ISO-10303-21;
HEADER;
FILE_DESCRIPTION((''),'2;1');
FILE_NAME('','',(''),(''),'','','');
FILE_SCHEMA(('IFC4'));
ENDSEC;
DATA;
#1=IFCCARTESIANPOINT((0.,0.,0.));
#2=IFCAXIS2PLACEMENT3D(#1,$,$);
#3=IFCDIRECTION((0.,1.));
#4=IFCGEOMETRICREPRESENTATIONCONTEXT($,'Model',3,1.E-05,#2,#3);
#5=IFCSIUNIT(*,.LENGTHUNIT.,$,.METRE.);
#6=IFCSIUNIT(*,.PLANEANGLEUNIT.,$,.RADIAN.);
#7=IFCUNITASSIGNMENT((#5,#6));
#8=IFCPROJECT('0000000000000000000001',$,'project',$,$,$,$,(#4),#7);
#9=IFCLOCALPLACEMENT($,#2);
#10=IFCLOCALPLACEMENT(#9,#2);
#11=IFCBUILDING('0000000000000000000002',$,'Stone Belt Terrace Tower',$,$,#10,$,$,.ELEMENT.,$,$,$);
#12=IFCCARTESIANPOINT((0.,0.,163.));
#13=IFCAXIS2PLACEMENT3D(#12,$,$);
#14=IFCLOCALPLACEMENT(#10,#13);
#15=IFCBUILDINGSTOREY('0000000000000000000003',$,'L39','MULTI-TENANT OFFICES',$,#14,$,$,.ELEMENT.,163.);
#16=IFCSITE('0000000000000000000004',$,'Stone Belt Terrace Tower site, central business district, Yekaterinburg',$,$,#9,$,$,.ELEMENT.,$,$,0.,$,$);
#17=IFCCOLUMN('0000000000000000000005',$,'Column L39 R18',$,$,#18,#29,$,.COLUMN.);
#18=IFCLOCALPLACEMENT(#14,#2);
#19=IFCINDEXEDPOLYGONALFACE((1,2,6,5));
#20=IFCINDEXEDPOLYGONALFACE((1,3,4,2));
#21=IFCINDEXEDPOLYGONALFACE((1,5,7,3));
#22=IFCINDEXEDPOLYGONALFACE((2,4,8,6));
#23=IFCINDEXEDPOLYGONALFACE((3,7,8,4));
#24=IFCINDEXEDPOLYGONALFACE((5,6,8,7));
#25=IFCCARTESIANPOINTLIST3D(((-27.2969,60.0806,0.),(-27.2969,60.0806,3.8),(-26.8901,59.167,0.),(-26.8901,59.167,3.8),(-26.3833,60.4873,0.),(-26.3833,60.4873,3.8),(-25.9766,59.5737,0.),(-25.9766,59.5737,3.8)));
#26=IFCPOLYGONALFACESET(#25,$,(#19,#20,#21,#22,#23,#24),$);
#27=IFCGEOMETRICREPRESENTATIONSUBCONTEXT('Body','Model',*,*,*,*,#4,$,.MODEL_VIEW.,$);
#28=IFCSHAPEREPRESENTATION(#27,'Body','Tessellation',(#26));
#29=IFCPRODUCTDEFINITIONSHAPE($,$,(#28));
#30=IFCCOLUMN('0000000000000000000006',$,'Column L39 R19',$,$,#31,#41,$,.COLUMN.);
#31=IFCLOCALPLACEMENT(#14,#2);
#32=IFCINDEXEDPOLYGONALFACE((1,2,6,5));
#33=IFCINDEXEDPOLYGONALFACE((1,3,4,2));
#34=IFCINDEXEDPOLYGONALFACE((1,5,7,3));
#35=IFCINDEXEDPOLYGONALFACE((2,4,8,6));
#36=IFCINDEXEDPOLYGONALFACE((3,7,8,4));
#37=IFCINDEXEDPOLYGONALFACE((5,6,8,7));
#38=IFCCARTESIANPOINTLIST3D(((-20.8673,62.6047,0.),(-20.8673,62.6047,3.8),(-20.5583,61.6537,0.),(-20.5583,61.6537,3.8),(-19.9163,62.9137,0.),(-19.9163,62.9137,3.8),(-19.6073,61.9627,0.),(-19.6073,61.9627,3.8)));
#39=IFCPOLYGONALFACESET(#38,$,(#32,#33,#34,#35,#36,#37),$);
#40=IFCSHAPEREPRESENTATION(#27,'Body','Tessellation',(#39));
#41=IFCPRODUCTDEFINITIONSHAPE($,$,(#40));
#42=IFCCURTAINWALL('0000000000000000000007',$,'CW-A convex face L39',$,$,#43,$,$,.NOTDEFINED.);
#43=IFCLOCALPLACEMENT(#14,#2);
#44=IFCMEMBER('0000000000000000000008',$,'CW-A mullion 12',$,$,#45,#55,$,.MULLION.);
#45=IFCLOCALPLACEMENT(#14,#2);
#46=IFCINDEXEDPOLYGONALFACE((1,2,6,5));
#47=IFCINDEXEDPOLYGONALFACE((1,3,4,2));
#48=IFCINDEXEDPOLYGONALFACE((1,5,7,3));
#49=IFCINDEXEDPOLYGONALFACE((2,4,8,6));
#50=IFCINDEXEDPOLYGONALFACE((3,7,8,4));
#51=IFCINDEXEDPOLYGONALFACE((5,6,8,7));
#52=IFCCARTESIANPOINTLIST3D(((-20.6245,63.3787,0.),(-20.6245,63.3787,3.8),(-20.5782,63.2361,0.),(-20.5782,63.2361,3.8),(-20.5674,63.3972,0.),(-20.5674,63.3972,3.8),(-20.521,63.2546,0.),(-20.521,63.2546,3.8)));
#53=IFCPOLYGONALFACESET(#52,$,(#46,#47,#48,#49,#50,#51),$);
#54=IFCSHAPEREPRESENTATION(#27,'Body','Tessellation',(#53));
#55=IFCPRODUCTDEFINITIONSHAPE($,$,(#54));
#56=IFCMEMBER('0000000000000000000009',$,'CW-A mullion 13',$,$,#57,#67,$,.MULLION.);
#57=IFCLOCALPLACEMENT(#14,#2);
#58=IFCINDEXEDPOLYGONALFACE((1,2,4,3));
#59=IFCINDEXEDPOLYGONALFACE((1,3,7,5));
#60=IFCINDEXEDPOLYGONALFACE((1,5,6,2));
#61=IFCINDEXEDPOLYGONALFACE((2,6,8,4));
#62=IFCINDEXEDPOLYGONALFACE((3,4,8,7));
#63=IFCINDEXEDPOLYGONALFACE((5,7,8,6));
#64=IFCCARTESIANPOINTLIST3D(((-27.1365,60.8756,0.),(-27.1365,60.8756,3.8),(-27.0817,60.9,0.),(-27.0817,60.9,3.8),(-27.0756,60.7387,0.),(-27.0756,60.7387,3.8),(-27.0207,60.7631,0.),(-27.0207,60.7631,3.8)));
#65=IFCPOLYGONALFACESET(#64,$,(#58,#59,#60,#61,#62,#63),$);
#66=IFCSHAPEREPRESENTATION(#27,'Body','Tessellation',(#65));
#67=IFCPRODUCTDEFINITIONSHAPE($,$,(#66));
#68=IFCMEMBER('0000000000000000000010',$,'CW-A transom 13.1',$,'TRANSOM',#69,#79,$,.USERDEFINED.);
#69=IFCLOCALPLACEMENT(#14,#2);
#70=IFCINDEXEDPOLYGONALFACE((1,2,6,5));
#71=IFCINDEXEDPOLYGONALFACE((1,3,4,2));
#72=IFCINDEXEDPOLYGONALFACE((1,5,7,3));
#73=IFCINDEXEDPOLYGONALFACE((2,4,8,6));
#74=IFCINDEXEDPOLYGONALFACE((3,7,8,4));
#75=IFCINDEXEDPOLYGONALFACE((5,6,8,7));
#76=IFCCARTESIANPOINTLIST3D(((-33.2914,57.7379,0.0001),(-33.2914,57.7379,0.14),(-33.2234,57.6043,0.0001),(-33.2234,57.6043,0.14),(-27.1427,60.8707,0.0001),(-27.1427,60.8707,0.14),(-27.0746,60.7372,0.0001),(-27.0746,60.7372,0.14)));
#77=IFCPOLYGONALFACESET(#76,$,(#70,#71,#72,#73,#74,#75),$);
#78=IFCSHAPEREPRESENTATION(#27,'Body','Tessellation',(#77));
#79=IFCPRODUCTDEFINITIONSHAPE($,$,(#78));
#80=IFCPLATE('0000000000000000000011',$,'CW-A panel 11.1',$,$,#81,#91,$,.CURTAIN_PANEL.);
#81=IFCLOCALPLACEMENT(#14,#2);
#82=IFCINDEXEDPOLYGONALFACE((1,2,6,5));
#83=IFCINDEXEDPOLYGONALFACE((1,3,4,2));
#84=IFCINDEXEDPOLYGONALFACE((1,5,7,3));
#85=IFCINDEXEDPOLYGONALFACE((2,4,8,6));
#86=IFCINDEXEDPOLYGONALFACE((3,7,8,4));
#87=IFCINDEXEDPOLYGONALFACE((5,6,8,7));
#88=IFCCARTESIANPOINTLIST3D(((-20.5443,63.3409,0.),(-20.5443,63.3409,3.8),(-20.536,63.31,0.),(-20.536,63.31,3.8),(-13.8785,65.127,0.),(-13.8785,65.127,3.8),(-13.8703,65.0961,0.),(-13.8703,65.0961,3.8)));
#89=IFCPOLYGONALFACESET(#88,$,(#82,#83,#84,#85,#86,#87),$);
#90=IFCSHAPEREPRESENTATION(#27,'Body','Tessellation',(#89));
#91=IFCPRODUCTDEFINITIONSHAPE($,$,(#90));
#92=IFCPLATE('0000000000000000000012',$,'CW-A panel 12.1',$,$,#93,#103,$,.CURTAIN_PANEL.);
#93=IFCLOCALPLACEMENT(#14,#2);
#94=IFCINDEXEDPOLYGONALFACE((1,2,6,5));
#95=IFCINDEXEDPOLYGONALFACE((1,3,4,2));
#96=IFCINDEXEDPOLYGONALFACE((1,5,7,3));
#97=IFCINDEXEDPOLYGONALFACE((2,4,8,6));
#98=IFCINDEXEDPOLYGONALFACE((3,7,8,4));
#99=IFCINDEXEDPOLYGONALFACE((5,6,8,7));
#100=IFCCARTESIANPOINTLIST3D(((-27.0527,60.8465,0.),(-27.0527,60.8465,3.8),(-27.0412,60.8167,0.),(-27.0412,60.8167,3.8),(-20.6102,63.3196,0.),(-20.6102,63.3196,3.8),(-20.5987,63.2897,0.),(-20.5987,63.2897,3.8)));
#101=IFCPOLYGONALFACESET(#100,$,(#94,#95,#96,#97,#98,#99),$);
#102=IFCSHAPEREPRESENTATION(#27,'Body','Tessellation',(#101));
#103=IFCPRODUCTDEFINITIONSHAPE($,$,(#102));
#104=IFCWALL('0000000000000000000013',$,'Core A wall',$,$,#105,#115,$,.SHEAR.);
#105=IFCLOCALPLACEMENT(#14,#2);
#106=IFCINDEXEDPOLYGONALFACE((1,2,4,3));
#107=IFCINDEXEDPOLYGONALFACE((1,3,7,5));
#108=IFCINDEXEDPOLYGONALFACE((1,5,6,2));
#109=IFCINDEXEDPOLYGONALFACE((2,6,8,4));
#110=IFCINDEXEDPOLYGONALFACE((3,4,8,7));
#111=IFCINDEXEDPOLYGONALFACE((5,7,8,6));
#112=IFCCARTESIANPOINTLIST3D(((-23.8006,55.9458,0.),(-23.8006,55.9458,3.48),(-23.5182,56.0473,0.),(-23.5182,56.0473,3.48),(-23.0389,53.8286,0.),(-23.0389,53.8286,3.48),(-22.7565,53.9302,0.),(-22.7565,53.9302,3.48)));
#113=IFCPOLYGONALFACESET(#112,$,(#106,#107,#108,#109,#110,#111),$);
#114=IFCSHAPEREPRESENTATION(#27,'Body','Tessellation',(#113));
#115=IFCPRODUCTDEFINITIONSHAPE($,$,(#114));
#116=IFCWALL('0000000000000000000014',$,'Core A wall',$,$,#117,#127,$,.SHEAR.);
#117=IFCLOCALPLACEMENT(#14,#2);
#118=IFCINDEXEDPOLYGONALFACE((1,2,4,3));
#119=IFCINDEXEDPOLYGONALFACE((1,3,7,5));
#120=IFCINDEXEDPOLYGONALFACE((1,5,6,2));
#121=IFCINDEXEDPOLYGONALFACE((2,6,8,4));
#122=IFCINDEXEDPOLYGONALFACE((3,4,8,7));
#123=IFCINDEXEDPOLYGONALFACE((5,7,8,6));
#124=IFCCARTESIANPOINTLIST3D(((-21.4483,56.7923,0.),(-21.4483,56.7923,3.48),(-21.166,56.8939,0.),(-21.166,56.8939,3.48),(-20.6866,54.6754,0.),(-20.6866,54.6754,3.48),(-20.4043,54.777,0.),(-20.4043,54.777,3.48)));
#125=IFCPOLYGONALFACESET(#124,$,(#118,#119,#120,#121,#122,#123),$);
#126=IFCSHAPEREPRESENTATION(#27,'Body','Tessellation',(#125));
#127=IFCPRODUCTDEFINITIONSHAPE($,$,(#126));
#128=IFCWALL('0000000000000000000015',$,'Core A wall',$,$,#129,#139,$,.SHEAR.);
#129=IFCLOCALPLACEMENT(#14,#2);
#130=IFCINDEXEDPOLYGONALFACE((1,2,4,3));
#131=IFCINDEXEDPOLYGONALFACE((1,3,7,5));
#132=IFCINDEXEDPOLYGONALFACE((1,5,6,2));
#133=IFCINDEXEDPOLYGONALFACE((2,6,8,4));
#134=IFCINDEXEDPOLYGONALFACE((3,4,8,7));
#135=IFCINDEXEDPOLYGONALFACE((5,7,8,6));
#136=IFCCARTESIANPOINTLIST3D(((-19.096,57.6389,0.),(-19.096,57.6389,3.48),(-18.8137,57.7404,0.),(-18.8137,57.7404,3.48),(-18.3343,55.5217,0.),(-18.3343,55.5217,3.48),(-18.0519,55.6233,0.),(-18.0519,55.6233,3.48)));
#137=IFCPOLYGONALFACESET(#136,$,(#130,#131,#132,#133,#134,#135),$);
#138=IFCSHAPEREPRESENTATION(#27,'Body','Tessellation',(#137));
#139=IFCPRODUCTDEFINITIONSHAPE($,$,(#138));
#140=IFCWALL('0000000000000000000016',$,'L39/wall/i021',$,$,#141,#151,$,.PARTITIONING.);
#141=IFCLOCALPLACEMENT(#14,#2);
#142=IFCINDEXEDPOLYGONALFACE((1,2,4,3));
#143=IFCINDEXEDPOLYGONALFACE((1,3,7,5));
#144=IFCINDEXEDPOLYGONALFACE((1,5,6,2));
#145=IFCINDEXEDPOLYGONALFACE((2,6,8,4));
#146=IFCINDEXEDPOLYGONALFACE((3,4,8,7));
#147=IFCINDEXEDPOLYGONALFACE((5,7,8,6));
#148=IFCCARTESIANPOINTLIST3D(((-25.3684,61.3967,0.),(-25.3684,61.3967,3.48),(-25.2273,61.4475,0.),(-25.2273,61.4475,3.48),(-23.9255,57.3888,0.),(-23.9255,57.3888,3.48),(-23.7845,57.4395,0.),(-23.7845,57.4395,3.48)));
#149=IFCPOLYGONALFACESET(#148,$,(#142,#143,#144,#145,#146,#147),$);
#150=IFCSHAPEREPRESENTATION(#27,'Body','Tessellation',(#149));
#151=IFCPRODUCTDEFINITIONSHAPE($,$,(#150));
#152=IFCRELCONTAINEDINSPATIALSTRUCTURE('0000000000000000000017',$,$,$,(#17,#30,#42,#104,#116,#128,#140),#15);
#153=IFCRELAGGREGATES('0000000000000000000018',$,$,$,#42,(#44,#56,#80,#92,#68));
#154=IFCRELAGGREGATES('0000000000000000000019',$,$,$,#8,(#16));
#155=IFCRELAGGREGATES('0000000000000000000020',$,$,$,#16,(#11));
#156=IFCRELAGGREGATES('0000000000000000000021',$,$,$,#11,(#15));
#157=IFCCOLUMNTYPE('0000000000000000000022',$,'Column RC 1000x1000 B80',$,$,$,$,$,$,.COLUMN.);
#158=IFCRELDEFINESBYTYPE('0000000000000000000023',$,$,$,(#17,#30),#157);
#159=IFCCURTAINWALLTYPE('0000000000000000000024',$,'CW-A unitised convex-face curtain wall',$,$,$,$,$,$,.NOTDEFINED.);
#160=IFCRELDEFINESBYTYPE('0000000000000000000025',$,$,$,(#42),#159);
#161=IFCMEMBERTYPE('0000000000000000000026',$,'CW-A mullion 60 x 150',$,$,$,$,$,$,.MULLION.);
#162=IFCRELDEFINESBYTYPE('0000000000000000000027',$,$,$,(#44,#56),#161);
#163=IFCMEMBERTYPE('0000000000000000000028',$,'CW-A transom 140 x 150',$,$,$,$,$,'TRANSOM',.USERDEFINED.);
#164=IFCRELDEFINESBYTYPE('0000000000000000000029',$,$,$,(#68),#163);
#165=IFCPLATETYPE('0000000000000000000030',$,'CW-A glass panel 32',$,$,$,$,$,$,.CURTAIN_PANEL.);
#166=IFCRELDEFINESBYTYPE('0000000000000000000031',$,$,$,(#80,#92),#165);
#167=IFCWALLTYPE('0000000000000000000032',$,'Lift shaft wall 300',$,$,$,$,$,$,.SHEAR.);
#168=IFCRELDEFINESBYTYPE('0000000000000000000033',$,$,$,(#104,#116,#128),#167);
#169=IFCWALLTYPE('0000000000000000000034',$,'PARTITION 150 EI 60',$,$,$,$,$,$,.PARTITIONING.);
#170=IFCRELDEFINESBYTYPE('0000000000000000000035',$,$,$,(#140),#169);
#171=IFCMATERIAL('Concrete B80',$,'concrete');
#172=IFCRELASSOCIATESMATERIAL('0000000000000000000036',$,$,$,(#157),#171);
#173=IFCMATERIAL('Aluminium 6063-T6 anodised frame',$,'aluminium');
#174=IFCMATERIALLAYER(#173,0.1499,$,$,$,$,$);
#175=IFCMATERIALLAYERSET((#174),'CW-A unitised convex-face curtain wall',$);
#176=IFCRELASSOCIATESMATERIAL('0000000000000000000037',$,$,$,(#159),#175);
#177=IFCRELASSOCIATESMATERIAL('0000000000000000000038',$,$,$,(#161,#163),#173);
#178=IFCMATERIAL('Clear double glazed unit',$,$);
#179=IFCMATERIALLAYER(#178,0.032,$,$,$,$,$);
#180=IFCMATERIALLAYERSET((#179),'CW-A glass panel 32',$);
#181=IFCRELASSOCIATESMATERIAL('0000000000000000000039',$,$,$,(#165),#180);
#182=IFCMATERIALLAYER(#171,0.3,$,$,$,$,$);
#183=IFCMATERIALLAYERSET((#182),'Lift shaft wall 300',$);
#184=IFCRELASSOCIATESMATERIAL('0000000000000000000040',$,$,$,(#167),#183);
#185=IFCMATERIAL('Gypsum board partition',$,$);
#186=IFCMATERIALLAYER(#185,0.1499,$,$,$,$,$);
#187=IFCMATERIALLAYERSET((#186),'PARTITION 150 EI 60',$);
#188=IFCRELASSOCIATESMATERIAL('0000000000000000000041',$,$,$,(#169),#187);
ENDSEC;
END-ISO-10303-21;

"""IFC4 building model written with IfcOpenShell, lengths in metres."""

from ifc_helpers import new_model, si_unit, direction, frame, frame_2d, origin, origin_2d, place, context, subcontext, project, spatial, rectangle, extrude, material, layer, layer_set, material_profile, profile_set, type_object, element, aggregate, save


model = new_model("IFC4")

# Units and contexts
model_context = context("Model", 3, precision=1e-05, world=origin(), true_north=direction((0.0, 1.0)))
body_context = subcontext(model_context, "Body", "Model", "MODEL_VIEW")
ifc_project = project(units=[si_unit("LENGTHUNIT", "METRE"), si_unit("PLANEANGLEUNIT", "RADIAN")], contexts=[model_context])

# Site, building, storey
site_placement = place(None, origin())
site = spatial("IfcSite", under=ifc_project, at=site_placement, Name="Stone Belt Terrace Tower site, central business district, Yekaterinburg", CompositionType="ELEMENT", RefElevation=0.0)
building_placement = place(site_placement, origin())
building = spatial("IfcBuilding", under=site, at=building_placement, Name="Stone Belt Terrace Tower", CompositionType="ELEMENT")
storey_placement = place(building_placement, frame((0.0, 0.0, 163.0)))
storey = spatial("IfcBuildingStorey", under=building, at=storey_placement, Name="L39", Description="MULTI-TENANT OFFICES", CompositionType="ELEMENT", Elevation=163.0)

# Columns
ifc_material_1 = material(Name="Concrete B80", Category="concrete")
ifc_material_profile_1 = material_profile(ifc_material_1, rectangle(XDim=1.0, YDim=1.0, at=origin_2d()), Name="RC 1000x1000")
ifc_profile_set_1 = profile_set([ifc_material_profile_1], Name="Concrete B80")
column_type = type_object("IfcColumnType", Name="Column RC 1000x1000 B80", PredefinedType="COLUMN", material=ifc_profile_set_1)
for number, where, z_axis, x_axis, name in (
    (1, (-26.6367, 59.8271, 0.0), (0.0, 0.0, 1.0), (0.913545, 0.406737, 0.0), "Column L39 R18"),
    (2, (-20.2373, 62.2837, 0.0), (0.0, 0.0, 1.0), (0.951057, 0.309017, 0.0), "Column L39 R19"),
):
    element("IfcColumn", number, at=place(storey_placement, frame(where, z_axis=z_axis, x_axis=x_axis)), inside=storey, type_object=column_type, Name=name, PredefinedType="COLUMN", context=body_context, shape_type="SweptSolid", body=[
        extrude(rectangle(XDim=1.0, YDim=1.0, at=origin_2d()), origin(), (0.0, 0.0, 1.0), 3.8),
    ])

# Curtain wall, members, plates
ifc_material_2 = material(Name="Aluminium 6063-T6 anodised frame", Category="aluminium")
ifc_layer_1 = layer(ifc_material_2, 0.1499)
ifc_layer_set_1 = layer_set([ifc_layer_1], Name="CW-A unitised convex-face curtain wall")
curtain_wall_type = type_object("IfcCurtainWallType", Name="CW-A unitised convex-face curtain wall", PredefinedType="NOTDEFINED", material=ifc_layer_set_1)
curtain_wall_placement = place(storey_placement, origin())
curtain_wall = element("IfcCurtainWall", 3, at=curtain_wall_placement, inside=storey, type_object=curtain_wall_type, Name="CW-A convex face L39", PredefinedType="NOTDEFINED")
ifc_material_profile_2 = material_profile(ifc_material_2, rectangle(XDim=0.1499, YDim=0.0601, at=origin_2d()), Name="Aluminium 6063-T6 60x150")
ifc_profile_set_2 = profile_set([ifc_material_profile_2], Name="Aluminium 6063-T6 anodised frame")
member_type_1 = type_object("IfcMemberType", Name="CW-A mullion 60 x 150", PredefinedType="MULLION", material=ifc_profile_set_2)
member_1_placement = place(storey_placement, frame((-20.5728, 63.3167, 0.0), z_axis=(0.0, 0.0, 1.0), x_axis=(0.309017, -0.951057, 0.0)))
member_1 = element("IfcMember", 4, at=member_1_placement, type_object=member_type_1, Name="CW-A mullion 12", PredefinedType="MULLION", context=body_context, shape_type="SweptSolid", body=[
    extrude(rectangle(XDim=0.1499, YDim=0.0601, at=origin_2d()), origin(), (0.0, 0.0, 1.0), 3.8),
])
member_2_placement = place(storey_placement, frame((-27.0786, 60.8193, 0.0), z_axis=(0.0, 0.0, 1.0), x_axis=(0.406737, -0.913545, 0.0)))
member_2 = element("IfcMember", 5, at=member_2_placement, type_object=member_type_1, Name="CW-A mullion 13", PredefinedType="MULLION", context=body_context, shape_type="SweptSolid", body=[
    extrude(rectangle(XDim=0.1499, YDim=0.0601, at=origin_2d()), origin(), (0.0, 0.0, 1.0), 3.8),
])
ifc_material_profile_3 = material_profile(ifc_material_2, rectangle(XDim=0.1499, YDim=0.1399, at=origin_2d()), Name="Aluminium 6063-T6 150x140")
ifc_profile_set_3 = profile_set([ifc_material_profile_3], Name="Aluminium 6063-T6 anodised frame")
member_type_2 = type_object("IfcMemberType", Name="CW-A transom 140 x 150", ElementType="TRANSOM", PredefinedType="USERDEFINED", material=ifc_profile_set_3)
member_3_placement = place(storey_placement, frame((-27.1086, 60.804, 0.0701), z_axis=(-0.891012, -0.453979, 0.0), x_axis=(0.453979, -0.891012, 0.0)))
member_3 = element("IfcMember", 6, at=member_3_placement, type_object=member_type_2, Name="CW-A transom 13.1", ObjectType="TRANSOM", PredefinedType="USERDEFINED", context=body_context, shape_type="SweptSolid", body=[
    extrude(rectangle(XDim=0.1499, YDim=0.1399, at=origin_2d()), origin(), (0.0, 0.0, 1.0), 6.9009),
])
ifc_material_3 = material(Name="Clear double glazed unit")
ifc_layer_2 = layer(ifc_material_3, 0.032)
ifc_layer_set_2 = layer_set([ifc_layer_2], Name="CW-A glass panel 32")
plate_type = type_object("IfcPlateType", Name="CW-A glass panel 32", PredefinedType="CURTAIN_PANEL", material=ifc_layer_set_2)
plate_1_placement = place(storey_placement, frame((-17.2073, 64.2185, 0.0), z_axis=(0.0, 0.0, 1.0), x_axis=(-0.965926, -0.258819, 0.0)))
plate_1 = element("IfcPlate", 7, at=plate_1_placement, type_object=plate_type, Name="CW-A panel 11.1", PredefinedType="CURTAIN_PANEL", context=body_context, shape_type="SweptSolid", body=[
    extrude(rectangle(XDim=6.9009, YDim=0.032, at=origin_2d()), origin(), (0.0, 0.0, 1.0), 3.8),
])
plate_2_placement = place(storey_placement, frame((-23.8257, 62.0681, 0.0), z_axis=(0.0, 0.0, 1.0), x_axis=(-0.93358, -0.358368, 0.0)))
plate_2 = element("IfcPlate", 8, at=plate_2_placement, type_object=plate_type, Name="CW-A panel 12.1", PredefinedType="CURTAIN_PANEL", context=body_context, shape_type="SweptSolid", body=[
    extrude(rectangle(XDim=6.9009, YDim=0.032, at=origin_2d()), origin(), (0.0, 0.0, 1.0), 3.8),
])
aggregate(curtain_wall, [member_1, member_2, plate_1, plate_2, member_3])

# Walls
ifc_layer_3 = layer(ifc_material_1, 0.3)
ifc_layer_set_3 = layer_set([ifc_layer_3], Name="Lift shaft wall 300")
wall_type_1 = type_object("IfcWallType", Name="Lift shaft wall 300", PredefinedType="SHEAR", material=ifc_layer_set_3)
wall_1_placement = place(storey_placement, frame((-22.8977, 53.8794, 0.0), z_axis=(0.0, 0.0, 1.0), x_axis=(-0.338535, 0.940954, 0.0)))
element("IfcWall", 9, at=wall_1_placement, inside=storey, type_object=wall_type_1, Name="Core A wall", PredefinedType="SHEAR", context=body_context, shape_type="SweptSolid", body=[
    extrude(rectangle(XDim=2.25, YDim=0.3, at=frame_2d((1.125, 0.0))), origin(), (0.0, 0.0, 1.0), 3.48),
])
wall_2_placement = place(storey_placement, frame((-20.5454, 54.7261, 0.0), z_axis=(0.0, 0.0, 1.0), x_axis=(-0.33857, 0.940941, 0.0)))
element("IfcWall", 10, at=wall_2_placement, inside=storey, type_object=wall_type_1, Name="Core A wall", PredefinedType="SHEAR", context=body_context, shape_type="SweptSolid", body=[
    extrude(rectangle(XDim=2.2498, YDim=0.3, at=frame_2d((1.125, 0.0))), origin(), (0.0, 0.0, 1.0), 3.48),
])
wall_3_placement = place(storey_placement, frame((-18.1931, 55.5725, 0.0), z_axis=(0.0, 0.0, 1.0), x_axis=(-0.338535, 0.940954, 0.0)))
element("IfcWall", 11, at=wall_3_placement, inside=storey, type_object=wall_type_1, Name="Core A wall", PredefinedType="SHEAR", context=body_context, shape_type="SweptSolid", body=[
    extrude(rectangle(XDim=2.25, YDim=0.3, at=frame_2d((1.125, 0.0))), origin(), (0.0, 0.0, 1.0), 3.48),
])
ifc_material_4 = material(Name="Gypsum board partition")
ifc_layer_4 = layer(ifc_material_4, 0.1499)
ifc_layer_set_4 = layer_set([ifc_layer_4], Name="PARTITION 150 EI 60")
wall_type_2 = type_object("IfcWallType", Name="PARTITION 150 EI 60", PredefinedType="PARTITIONING", material=ifc_layer_set_4)
wall_4_placement = place(storey_placement, frame((-25.2979, 61.4221, 0.0), z_axis=(0.0, 0.0, 1.0), x_axis=(0.338713, -0.94089, 0.0)))
element("IfcWall", 12, at=wall_4_placement, inside=storey, type_object=wall_type_2, Name="L39/wall/i021", PredefinedType="PARTITIONING", context=body_context, shape_type="SweptSolid", body=[
    extrude(rectangle(XDim=4.2598, YDim=0.1499, at=frame_2d((2.1299, 0.0))), origin(), (0.0, 0.0, 1.0), 3.48),
])

save(model, "model.ifc")
